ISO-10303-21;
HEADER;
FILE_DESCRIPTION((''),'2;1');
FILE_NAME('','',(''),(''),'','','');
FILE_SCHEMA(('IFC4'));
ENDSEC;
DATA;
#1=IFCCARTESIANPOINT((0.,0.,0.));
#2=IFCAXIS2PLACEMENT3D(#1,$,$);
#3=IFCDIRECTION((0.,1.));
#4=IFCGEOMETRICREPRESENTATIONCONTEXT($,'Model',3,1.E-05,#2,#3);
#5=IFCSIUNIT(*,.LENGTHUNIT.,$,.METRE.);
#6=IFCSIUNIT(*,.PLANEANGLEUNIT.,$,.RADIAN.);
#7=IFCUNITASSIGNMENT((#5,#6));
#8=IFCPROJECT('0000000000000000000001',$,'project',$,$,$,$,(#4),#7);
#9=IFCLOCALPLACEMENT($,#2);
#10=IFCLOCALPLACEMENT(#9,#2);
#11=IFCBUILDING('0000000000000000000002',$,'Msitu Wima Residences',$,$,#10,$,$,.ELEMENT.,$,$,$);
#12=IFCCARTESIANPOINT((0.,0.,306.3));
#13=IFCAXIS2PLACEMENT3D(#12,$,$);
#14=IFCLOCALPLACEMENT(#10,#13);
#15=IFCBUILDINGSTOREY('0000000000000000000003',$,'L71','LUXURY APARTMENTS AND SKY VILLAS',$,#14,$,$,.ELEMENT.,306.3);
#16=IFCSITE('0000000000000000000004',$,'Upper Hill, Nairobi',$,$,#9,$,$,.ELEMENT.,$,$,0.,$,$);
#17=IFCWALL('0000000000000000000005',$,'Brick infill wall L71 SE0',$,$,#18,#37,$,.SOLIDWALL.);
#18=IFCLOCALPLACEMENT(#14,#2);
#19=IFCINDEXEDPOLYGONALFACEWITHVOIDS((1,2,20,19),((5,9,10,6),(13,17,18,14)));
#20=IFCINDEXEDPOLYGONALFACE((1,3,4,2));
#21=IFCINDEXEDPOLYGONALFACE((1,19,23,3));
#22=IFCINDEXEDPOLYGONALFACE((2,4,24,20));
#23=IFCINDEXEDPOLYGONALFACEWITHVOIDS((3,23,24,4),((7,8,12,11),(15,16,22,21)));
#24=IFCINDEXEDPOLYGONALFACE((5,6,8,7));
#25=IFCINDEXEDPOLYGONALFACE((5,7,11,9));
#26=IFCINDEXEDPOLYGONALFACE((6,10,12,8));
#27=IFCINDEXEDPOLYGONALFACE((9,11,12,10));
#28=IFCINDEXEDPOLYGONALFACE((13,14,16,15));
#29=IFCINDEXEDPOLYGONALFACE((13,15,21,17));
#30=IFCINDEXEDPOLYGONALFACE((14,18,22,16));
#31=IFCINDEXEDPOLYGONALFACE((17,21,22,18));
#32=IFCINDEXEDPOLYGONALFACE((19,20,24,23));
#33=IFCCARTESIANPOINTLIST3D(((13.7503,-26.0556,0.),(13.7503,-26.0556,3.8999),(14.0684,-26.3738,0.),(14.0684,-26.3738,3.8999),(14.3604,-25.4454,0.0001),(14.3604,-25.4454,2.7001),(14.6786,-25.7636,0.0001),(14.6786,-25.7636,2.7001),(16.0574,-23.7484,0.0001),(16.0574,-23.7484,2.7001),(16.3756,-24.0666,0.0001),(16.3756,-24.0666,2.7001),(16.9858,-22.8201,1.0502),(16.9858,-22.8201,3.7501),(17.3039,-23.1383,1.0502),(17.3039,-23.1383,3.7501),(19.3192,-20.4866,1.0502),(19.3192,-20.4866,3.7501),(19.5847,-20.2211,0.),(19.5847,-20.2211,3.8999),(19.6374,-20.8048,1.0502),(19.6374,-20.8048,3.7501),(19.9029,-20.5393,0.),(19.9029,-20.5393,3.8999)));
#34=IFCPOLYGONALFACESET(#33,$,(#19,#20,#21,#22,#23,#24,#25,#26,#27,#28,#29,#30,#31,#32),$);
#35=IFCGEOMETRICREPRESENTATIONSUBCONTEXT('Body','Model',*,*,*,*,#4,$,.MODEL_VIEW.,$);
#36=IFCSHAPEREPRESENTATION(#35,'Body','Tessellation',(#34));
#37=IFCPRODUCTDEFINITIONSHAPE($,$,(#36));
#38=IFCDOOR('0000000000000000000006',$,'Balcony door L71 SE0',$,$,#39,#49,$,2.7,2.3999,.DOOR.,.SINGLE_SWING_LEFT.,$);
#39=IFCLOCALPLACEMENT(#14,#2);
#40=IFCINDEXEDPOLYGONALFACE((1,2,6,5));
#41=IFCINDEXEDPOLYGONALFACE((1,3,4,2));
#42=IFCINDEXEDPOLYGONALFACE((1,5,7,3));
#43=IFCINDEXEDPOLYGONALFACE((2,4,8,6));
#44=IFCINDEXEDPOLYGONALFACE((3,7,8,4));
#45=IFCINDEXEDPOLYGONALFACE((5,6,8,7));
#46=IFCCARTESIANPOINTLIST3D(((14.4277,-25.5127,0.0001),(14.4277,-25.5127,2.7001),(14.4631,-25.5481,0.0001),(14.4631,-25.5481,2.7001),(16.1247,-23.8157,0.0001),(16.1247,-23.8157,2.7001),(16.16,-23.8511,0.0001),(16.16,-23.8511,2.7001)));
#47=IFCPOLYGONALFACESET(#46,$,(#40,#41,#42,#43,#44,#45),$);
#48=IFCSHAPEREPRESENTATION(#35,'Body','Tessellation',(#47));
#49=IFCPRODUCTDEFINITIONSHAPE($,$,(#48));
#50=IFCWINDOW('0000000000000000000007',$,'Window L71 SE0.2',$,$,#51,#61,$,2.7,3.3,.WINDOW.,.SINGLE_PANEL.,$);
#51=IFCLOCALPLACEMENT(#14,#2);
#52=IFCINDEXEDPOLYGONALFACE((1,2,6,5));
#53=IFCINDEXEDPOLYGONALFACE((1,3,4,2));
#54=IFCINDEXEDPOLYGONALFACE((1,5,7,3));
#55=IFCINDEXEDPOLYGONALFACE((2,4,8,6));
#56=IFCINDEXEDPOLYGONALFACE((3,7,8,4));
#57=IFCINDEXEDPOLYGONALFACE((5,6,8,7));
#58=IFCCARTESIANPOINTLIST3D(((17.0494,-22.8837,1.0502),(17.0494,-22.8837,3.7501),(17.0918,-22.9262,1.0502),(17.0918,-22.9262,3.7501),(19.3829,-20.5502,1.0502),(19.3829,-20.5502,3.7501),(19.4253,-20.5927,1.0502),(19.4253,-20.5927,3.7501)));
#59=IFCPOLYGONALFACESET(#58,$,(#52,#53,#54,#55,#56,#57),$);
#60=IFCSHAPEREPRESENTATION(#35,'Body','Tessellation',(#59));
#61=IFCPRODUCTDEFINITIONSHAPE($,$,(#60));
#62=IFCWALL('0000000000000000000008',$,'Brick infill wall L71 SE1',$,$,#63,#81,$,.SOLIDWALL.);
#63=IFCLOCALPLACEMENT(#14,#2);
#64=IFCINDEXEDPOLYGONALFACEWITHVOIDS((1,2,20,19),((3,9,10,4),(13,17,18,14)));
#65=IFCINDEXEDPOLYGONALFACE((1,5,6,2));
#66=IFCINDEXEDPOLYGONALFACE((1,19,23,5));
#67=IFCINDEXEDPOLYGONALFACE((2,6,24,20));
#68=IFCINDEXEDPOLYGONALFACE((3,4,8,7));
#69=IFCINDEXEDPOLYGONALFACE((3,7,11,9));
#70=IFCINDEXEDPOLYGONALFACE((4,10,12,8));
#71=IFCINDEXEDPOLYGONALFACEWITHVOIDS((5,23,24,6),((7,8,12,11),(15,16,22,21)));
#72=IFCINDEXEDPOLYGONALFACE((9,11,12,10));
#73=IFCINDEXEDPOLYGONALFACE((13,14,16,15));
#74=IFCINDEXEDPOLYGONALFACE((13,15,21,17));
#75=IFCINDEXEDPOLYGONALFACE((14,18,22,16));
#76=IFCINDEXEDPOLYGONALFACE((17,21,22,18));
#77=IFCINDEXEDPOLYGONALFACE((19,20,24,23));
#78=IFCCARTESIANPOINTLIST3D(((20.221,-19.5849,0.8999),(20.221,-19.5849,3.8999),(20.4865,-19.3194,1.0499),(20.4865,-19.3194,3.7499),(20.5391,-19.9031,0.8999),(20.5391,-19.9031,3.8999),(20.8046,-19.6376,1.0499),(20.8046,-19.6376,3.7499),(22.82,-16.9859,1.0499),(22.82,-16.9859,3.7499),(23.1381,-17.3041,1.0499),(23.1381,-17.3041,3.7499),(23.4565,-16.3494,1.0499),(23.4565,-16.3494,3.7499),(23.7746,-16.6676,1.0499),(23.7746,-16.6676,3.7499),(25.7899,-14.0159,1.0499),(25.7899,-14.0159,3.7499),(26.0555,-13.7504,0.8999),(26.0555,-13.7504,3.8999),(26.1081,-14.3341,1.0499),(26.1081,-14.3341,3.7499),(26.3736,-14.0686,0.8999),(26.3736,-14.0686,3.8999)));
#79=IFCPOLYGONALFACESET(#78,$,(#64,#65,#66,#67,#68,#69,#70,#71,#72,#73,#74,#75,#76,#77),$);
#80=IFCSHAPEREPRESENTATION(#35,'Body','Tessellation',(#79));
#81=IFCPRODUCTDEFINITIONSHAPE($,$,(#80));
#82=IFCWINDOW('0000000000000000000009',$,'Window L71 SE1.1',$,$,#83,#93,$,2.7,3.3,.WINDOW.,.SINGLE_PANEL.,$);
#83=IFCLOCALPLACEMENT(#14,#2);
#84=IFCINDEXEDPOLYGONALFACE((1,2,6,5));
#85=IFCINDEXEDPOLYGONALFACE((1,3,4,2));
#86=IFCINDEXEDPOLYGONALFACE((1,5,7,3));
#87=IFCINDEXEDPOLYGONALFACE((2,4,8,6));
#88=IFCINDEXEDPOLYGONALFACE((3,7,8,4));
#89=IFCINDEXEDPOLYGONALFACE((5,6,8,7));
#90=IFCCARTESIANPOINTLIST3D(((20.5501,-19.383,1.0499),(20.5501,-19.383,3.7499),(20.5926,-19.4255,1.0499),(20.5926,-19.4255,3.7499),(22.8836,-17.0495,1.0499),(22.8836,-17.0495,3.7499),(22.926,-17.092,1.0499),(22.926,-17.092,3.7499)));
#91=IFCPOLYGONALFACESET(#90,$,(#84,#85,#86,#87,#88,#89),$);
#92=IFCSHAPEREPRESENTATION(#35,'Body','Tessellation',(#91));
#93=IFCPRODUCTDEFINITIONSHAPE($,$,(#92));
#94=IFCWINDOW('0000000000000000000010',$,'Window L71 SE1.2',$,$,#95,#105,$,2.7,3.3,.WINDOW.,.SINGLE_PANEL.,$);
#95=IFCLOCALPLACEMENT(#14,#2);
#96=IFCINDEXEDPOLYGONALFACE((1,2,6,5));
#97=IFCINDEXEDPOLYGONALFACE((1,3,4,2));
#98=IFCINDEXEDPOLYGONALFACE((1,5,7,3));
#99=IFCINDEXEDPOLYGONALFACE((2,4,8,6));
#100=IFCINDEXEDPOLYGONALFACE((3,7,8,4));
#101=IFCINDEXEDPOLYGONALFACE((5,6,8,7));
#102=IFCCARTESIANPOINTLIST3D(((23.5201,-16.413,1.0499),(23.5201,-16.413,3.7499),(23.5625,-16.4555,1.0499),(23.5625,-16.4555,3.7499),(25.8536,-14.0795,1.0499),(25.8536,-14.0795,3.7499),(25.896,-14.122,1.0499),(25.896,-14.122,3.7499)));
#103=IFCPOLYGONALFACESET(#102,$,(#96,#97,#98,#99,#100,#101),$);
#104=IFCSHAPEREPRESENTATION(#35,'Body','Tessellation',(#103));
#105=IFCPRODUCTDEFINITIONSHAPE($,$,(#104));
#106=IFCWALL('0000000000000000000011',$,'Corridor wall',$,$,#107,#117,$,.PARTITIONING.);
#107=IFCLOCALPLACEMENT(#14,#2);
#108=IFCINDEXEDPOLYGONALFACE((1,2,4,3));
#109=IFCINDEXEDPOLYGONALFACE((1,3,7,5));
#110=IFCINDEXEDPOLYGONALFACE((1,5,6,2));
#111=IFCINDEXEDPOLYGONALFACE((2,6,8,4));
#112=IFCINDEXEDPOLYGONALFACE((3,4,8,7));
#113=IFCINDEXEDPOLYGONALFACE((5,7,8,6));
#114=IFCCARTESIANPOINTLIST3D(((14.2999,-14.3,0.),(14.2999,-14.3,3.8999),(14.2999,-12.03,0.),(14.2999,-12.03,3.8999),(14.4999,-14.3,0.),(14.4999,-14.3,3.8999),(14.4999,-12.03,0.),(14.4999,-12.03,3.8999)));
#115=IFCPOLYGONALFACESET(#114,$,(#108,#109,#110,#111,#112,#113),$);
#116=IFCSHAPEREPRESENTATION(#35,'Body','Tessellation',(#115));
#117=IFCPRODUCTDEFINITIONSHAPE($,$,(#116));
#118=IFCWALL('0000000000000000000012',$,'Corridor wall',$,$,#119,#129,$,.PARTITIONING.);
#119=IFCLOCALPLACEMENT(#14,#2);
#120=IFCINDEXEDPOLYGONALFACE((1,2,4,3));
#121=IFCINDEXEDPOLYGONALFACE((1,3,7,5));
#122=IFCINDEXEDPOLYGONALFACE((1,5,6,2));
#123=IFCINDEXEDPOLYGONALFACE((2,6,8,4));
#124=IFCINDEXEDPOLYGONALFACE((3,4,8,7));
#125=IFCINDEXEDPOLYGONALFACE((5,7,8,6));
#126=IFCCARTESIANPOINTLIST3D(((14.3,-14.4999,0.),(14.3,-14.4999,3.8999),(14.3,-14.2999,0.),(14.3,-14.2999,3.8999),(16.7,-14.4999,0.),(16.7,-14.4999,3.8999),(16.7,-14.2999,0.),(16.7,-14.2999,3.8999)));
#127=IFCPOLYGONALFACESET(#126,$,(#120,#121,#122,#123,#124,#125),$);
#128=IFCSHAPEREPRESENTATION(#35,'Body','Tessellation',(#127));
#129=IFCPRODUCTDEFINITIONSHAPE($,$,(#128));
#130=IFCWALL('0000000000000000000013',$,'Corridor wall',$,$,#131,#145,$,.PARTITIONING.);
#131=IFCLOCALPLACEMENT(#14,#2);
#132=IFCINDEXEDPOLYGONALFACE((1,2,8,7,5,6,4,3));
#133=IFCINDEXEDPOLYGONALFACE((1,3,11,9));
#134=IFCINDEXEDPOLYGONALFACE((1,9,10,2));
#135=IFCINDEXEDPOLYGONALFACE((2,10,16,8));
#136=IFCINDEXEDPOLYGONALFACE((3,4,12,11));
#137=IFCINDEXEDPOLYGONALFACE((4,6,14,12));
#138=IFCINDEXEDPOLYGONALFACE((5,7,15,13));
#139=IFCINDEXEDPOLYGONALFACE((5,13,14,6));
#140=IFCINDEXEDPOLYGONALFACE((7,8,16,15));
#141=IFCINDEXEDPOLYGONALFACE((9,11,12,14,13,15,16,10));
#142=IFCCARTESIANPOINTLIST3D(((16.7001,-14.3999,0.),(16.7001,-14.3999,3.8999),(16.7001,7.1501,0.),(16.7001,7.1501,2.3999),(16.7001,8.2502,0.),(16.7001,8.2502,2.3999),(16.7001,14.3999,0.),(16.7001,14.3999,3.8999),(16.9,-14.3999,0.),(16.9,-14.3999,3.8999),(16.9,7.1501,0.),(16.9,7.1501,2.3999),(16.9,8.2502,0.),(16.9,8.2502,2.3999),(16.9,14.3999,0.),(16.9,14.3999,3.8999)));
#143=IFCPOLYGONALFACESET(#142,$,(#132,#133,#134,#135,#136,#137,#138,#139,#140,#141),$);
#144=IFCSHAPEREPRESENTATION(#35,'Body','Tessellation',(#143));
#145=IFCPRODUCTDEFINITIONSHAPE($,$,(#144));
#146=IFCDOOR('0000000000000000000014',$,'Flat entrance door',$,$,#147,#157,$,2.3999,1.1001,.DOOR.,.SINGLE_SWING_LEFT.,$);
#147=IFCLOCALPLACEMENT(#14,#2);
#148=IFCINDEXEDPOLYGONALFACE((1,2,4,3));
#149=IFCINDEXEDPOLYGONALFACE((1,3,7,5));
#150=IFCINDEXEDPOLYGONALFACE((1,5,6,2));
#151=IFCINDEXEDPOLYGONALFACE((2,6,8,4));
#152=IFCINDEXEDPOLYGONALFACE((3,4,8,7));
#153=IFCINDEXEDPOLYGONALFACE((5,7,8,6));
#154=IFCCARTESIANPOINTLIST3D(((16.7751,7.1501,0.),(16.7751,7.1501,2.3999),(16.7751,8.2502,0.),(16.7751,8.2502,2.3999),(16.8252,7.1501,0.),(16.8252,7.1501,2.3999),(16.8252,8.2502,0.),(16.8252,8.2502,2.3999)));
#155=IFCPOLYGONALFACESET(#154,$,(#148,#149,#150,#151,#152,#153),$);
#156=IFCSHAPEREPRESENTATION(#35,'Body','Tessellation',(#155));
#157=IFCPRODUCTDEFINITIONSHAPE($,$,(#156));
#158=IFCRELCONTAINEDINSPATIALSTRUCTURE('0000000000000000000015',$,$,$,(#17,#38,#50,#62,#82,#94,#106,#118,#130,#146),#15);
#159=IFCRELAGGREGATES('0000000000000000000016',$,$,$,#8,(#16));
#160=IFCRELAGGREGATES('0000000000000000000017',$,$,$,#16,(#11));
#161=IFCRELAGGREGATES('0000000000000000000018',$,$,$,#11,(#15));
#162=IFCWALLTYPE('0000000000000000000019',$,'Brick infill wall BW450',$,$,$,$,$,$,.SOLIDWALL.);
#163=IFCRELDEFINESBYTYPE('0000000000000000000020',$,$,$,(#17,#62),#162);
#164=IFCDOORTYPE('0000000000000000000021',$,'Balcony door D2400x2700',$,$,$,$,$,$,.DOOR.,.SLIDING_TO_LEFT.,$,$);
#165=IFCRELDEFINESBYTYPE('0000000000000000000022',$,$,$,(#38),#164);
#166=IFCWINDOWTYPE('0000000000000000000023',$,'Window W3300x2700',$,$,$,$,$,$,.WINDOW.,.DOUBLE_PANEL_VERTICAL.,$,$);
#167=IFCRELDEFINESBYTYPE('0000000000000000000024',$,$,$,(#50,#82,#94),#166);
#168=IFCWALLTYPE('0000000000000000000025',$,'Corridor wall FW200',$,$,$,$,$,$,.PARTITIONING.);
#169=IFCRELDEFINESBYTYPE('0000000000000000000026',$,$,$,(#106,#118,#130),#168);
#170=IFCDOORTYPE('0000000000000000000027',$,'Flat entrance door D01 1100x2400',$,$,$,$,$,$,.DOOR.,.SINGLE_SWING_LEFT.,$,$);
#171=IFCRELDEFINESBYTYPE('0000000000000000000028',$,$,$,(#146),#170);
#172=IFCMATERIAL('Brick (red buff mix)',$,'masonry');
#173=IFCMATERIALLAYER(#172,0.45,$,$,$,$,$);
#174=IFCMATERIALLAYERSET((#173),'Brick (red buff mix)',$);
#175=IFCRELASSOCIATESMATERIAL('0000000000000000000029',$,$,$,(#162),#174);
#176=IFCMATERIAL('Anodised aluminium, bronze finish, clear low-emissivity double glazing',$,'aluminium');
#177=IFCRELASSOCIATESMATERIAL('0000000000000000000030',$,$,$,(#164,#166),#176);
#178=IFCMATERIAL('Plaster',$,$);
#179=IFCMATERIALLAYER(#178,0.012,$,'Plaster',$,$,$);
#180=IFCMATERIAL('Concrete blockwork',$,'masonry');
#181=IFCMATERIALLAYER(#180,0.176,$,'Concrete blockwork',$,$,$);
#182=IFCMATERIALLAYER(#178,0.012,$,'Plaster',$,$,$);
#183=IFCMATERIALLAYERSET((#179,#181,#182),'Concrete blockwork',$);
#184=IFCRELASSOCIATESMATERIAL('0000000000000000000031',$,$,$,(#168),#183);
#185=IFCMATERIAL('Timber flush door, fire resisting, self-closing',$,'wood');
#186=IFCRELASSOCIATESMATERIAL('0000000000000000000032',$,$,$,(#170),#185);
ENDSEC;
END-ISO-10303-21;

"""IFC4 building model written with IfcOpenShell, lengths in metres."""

from ifc_helpers import new_model, si_unit, direction, frame, frame_2d, origin, place, context, subcontext, project, spatial, rectangle, extrude, material, layer, layer_set, type_object, element, fill, save


model = new_model("IFC4")

# Units and contexts
model_context = context("Model", 3, precision=1e-05, world=origin(), true_north=direction((0.0, 1.0)))
body_context = subcontext(model_context, "Body", "Model", "MODEL_VIEW")
ifc_project = project(units=[si_unit("LENGTHUNIT", "METRE"), si_unit("PLANEANGLEUNIT", "RADIAN")], contexts=[model_context])

# Site, building, storey
site_placement = place(None, origin())
site = spatial("IfcSite", under=ifc_project, at=site_placement, Name="Upper Hill, Nairobi", CompositionType="ELEMENT", RefElevation=0.0)
building_placement = place(site_placement, origin())
building = spatial("IfcBuilding", under=site, at=building_placement, Name="Msitu Wima Residences", CompositionType="ELEMENT")
storey_placement = place(building_placement, frame((0.0, 0.0, 306.3)))
storey = spatial("IfcBuildingStorey", under=building, at=storey_placement, Name="L71", Description="LUXURY APARTMENTS AND SKY VILLAS", CompositionType="ELEMENT", Elevation=306.3)

# Wall, openings, door, window
ifc_material_1 = material(Name="Brick (red buff mix)", Category="masonry")
ifc_layer_1 = layer(ifc_material_1, 0.45)
ifc_layer_set_1 = layer_set([ifc_layer_1], Name="Brick (red buff mix)")
wall_type_1 = type_object("IfcWallType", Name="Brick infill wall BW450", PredefinedType="SOLIDWALL", material=ifc_layer_set_1)
wall_1_placement = place(storey_placement, frame((13.9094, -26.2146, 0.0), z_axis=(0.0, 0.0, 1.0), x_axis=(0.707107, 0.707107, 0.0)))
wall_1 = element("IfcWall", 1, at=wall_1_placement, inside=storey, type_object=wall_type_1, Name="Brick infill wall L71 SE0", PredefinedType="SOLIDWALL", context=body_context, shape_type="SweptSolid", body=[
    extrude(rectangle(XDim=8.2512, YDim=0.45, at=frame_2d((4.1255, 0.0))), origin(), (0.0, 0.0, 1.0), 3.8999),
])
opening_1_placement = place(wall_1_placement, frame((0.8628, 0.0, 0.0)))
opening_1 = element("IfcOpeningElement", 2, at=opening_1_placement, cuts=wall_1, PredefinedType="OPENING", context=body_context, shape_type="SweptSolid", body=[
    extrude(rectangle(XDim=2.3999, YDim=2.7, at=frame_2d((1.2, 1.3501))), frame((0.0, 0.2349, 0.0), z_axis=(0.0, -1.0, 0.0), x_axis=(1.0, 0.0, 0.0)), (0.0, 0.0, 1.0), 0.47),
])
opening_2_placement = place(wall_1_placement, frame((4.5757, 0.0, 1.05)))
opening_2 = element("IfcOpeningElement", 3, at=opening_2_placement, cuts=wall_1, PredefinedType="OPENING", context=body_context, shape_type="SweptSolid", body=[
    extrude(rectangle(XDim=3.3, YDim=2.7, at=frame_2d((1.6499, 1.3501))), frame((0.0, 0.2349, 0.0), z_axis=(0.0, -1.0, 0.0), x_axis=(1.0, 0.0, 0.0)), (0.0, 0.0, 1.0), 0.47),
])
ifc_material_2 = material(Name="Anodised aluminium, bronze finish, clear low-emissivity double glazing", Category="aluminium")
door_type_1 = type_object("IfcDoorType", Name="Balcony door D2400x2700", OperationType="SLIDING_TO_LEFT", PredefinedType="DOOR", material=ifc_material_2)
door_1_placement = place(opening_1_placement, origin())
door_1 = element("IfcDoor", 4, at=door_1_placement, inside=storey, type_object=door_type_1, Name="Balcony door L71 SE0", OperationType="SINGLE_SWING_LEFT", OverallHeight=2.7, OverallWidth=2.3999, PredefinedType="DOOR", context=body_context, shape_type="SweptSolid", body=[
    extrude(rectangle(XDim=2.3999, YDim=2.7, at=frame_2d((1.2, 1.3501))), frame((0.0, 0.1299, 0.0), z_axis=(0.0, -1.0, 0.0), x_axis=(1.0, 0.0, 0.0)), (0.0, 0.0, 1.0), 0.05),
])
fill(opening_1, door_1)
window_type = type_object("IfcWindowType", Name="Window W3300x2700", PartitioningType="DOUBLE_PANEL_VERTICAL", PredefinedType="WINDOW", material=ifc_material_2)
window_1_placement = place(opening_2_placement, origin())
window_1 = element("IfcWindow", 5, at=window_1_placement, inside=storey, type_object=window_type, Name="Window L71 SE0.2", OverallHeight=2.7, OverallWidth=3.3, PartitioningType="SINGLE_PANEL", PredefinedType="WINDOW", context=body_context, shape_type="SweptSolid", body=[
    extrude(rectangle(XDim=3.3, YDim=2.7, at=frame_2d((1.6499, 1.3501))), frame((0.0, 0.135, 0.0), z_axis=(0.0, -1.0, 0.0), x_axis=(1.0, 0.0, 0.0)), (0.0, 0.0, 1.0), 0.0601),
])
fill(opening_2, window_1)

# Wall, openings, windows
wall_2_placement = place(storey_placement, frame((20.3801, -19.7439, 0.8999), z_axis=(0.0, 0.0, 1.0), x_axis=(0.707107, 0.707107, 0.0)))
wall_2 = element("IfcWall", 6, at=wall_2_placement, inside=storey, type_object=wall_type_1, Name="Brick infill wall L71 SE1", PredefinedType="SOLIDWALL", context=body_context, shape_type="SweptSolid", body=[
    extrude(rectangle(XDim=8.2512, YDim=0.45, at=frame_2d((4.1255, 0.0))), origin(), (0.0, 0.0, 1.0), 3.0),
])
opening_3_placement = place(wall_2_placement, frame((0.3755, 0.0, 0.1499)))
opening_3 = element("IfcOpeningElement", 7, at=opening_3_placement, cuts=wall_2, PredefinedType="OPENING", context=body_context, shape_type="SweptSolid", body=[
    extrude(rectangle(XDim=3.3, YDim=2.7, at=frame_2d((1.6499, 1.3501))), frame((0.0, 0.2349, 0.0), z_axis=(0.0, -1.0, 0.0), x_axis=(1.0, 0.0, 0.0)), (0.0, 0.0, 1.0), 0.47),
])
opening_4_placement = place(wall_2_placement, frame((4.5757, 0.0, 0.1499)))
opening_4 = element("IfcOpeningElement", 8, at=opening_4_placement, cuts=wall_2, PredefinedType="OPENING", context=body_context, shape_type="SweptSolid", body=[
    extrude(rectangle(XDim=3.3, YDim=2.7, at=frame_2d((1.6499, 1.3501))), frame((0.0, 0.2349, 0.0), z_axis=(0.0, -1.0, 0.0), x_axis=(1.0, 0.0, 0.0)), (0.0, 0.0, 1.0), 0.47),
])
window_2_placement = place(opening_3_placement, origin())
window_2 = element("IfcWindow", 9, at=window_2_placement, inside=storey, type_object=window_type, Name="Window L71 SE1.1", OverallHeight=2.7, OverallWidth=3.3, PartitioningType="SINGLE_PANEL", PredefinedType="WINDOW", context=body_context, shape_type="SweptSolid", body=[
    extrude(rectangle(XDim=3.3, YDim=2.7, at=frame_2d((1.6499, 1.3501))), frame((0.0, 0.135, 0.0), z_axis=(0.0, -1.0, 0.0), x_axis=(1.0, 0.0, 0.0)), (0.0, 0.0, 1.0), 0.0601),
])
fill(opening_3, window_2)
window_3_placement = place(opening_4_placement, origin())
window_3 = element("IfcWindow", 10, at=window_3_placement, inside=storey, type_object=window_type, Name="Window L71 SE1.2", OverallHeight=2.7, OverallWidth=3.3, PartitioningType="SINGLE_PANEL", PredefinedType="WINDOW", context=body_context, shape_type="SweptSolid", body=[
    extrude(rectangle(XDim=3.3, YDim=2.7, at=frame_2d((1.6499, 1.3501))), frame((0.0, 0.135, 0.0), z_axis=(0.0, -1.0, 0.0), x_axis=(1.0, 0.0, 0.0)), (0.0, 0.0, 1.0), 0.0601),
])
fill(opening_4, window_3)

# Walls
ifc_material_3 = material(Name="Plaster")
ifc_layer_2 = layer(ifc_material_3, 0.012, Name="Plaster")
ifc_material_4 = material(Name="Concrete blockwork", Category="masonry")
ifc_layer_3 = layer(ifc_material_4, 0.176, Name="Concrete blockwork")
ifc_layer_4 = layer(ifc_material_3, 0.012, Name="Plaster")
ifc_layer_set_2 = layer_set([ifc_layer_2, ifc_layer_3, ifc_layer_4], Name="Concrete blockwork")
wall_type_2 = type_object("IfcWallType", Name="Corridor wall FW200", PredefinedType="PARTITIONING", material=ifc_layer_set_2)
wall_3_placement = place(storey_placement, frame((14.3999, -14.3, 0.0), z_axis=(0.0, 0.0, 1.0), x_axis=(0.0, 1.0, 0.0)))
element("IfcWall", 11, at=wall_3_placement, inside=storey, type_object=wall_type_2, Name="Corridor wall", PredefinedType="PARTITIONING", context=body_context, shape_type="SweptSolid", body=[
    extrude(rectangle(XDim=2.27, YDim=0.2, at=frame_2d((1.135, 0.0))), origin(), (0.0, 0.0, 1.0), 3.8999),
])
wall_4_placement = place(storey_placement, frame((14.3, -14.3999, 0.0), z_axis=(0.0, 0.0, 1.0), x_axis=(1.0, 0.0, 0.0)))
element("IfcWall", 12, at=wall_4_placement, inside=storey, type_object=wall_type_2, Name="Corridor wall", PredefinedType="PARTITIONING", context=body_context, shape_type="SweptSolid", body=[
    extrude(rectangle(XDim=2.3999, YDim=0.2, at=frame_2d((1.2, 0.0))), origin(), (0.0, 0.0, 1.0), 3.8999),
])

# Wall, opening, door
wall_5_placement = place(storey_placement, frame((16.8, -14.3999, 0.0), z_axis=(0.0, 0.0, 1.0), x_axis=(0.0, 1.0, 0.0)))
wall_5 = element("IfcWall", 13, at=wall_5_placement, inside=storey, type_object=wall_type_2, Name="Corridor wall", PredefinedType="PARTITIONING", context=body_context, shape_type="SweptSolid", body=[
    extrude(rectangle(XDim=28.7998, YDim=0.2, at=frame_2d((14.3999, 0.0))), origin(), (0.0, 0.0, 1.0), 3.8999),
])
opening_5_placement = place(wall_5_placement, frame((21.55, 0.0, 0.0)))
opening_5 = element("IfcOpeningElement", 14, at=opening_5_placement, cuts=wall_5, PredefinedType="OPENING", context=body_context, shape_type="SweptSolid", body=[
    extrude(rectangle(XDim=1.1001, YDim=2.3999, at=frame_2d((0.55, 1.2))), frame((0.0, 0.1099, 0.0), z_axis=(0.0, -1.0, 0.0), x_axis=(1.0, 0.0, 0.0)), (0.0, 0.0, 1.0), 0.22),
])
ifc_material_5 = material(Name="Timber flush door, fire resisting, self-closing", Category="wood")
door_type_2 = type_object("IfcDoorType", Name="Flat entrance door D01 1100x2400", OperationType="SINGLE_SWING_LEFT", PredefinedType="DOOR", material=ifc_material_5)
door_2_placement = place(opening_5_placement, origin())
door_2 = element("IfcDoor", 15, at=door_2_placement, inside=storey, type_object=door_type_2, Name="Flat entrance door", OperationType="SINGLE_SWING_LEFT", OverallHeight=2.3999, OverallWidth=1.1001, PredefinedType="DOOR", context=body_context, shape_type="SweptSolid", body=[
    extrude(rectangle(XDim=1.1001, YDim=2.3999, at=frame_2d((0.55, 1.2))), frame((0.0, 0.0249, 0.0), z_axis=(0.0, -1.0, 0.0), x_axis=(1.0, 0.0, 0.0)), (0.0, 0.0, 1.0), 0.05),
])
fill(opening_5, door_2)

save(model, "model.ifc")
